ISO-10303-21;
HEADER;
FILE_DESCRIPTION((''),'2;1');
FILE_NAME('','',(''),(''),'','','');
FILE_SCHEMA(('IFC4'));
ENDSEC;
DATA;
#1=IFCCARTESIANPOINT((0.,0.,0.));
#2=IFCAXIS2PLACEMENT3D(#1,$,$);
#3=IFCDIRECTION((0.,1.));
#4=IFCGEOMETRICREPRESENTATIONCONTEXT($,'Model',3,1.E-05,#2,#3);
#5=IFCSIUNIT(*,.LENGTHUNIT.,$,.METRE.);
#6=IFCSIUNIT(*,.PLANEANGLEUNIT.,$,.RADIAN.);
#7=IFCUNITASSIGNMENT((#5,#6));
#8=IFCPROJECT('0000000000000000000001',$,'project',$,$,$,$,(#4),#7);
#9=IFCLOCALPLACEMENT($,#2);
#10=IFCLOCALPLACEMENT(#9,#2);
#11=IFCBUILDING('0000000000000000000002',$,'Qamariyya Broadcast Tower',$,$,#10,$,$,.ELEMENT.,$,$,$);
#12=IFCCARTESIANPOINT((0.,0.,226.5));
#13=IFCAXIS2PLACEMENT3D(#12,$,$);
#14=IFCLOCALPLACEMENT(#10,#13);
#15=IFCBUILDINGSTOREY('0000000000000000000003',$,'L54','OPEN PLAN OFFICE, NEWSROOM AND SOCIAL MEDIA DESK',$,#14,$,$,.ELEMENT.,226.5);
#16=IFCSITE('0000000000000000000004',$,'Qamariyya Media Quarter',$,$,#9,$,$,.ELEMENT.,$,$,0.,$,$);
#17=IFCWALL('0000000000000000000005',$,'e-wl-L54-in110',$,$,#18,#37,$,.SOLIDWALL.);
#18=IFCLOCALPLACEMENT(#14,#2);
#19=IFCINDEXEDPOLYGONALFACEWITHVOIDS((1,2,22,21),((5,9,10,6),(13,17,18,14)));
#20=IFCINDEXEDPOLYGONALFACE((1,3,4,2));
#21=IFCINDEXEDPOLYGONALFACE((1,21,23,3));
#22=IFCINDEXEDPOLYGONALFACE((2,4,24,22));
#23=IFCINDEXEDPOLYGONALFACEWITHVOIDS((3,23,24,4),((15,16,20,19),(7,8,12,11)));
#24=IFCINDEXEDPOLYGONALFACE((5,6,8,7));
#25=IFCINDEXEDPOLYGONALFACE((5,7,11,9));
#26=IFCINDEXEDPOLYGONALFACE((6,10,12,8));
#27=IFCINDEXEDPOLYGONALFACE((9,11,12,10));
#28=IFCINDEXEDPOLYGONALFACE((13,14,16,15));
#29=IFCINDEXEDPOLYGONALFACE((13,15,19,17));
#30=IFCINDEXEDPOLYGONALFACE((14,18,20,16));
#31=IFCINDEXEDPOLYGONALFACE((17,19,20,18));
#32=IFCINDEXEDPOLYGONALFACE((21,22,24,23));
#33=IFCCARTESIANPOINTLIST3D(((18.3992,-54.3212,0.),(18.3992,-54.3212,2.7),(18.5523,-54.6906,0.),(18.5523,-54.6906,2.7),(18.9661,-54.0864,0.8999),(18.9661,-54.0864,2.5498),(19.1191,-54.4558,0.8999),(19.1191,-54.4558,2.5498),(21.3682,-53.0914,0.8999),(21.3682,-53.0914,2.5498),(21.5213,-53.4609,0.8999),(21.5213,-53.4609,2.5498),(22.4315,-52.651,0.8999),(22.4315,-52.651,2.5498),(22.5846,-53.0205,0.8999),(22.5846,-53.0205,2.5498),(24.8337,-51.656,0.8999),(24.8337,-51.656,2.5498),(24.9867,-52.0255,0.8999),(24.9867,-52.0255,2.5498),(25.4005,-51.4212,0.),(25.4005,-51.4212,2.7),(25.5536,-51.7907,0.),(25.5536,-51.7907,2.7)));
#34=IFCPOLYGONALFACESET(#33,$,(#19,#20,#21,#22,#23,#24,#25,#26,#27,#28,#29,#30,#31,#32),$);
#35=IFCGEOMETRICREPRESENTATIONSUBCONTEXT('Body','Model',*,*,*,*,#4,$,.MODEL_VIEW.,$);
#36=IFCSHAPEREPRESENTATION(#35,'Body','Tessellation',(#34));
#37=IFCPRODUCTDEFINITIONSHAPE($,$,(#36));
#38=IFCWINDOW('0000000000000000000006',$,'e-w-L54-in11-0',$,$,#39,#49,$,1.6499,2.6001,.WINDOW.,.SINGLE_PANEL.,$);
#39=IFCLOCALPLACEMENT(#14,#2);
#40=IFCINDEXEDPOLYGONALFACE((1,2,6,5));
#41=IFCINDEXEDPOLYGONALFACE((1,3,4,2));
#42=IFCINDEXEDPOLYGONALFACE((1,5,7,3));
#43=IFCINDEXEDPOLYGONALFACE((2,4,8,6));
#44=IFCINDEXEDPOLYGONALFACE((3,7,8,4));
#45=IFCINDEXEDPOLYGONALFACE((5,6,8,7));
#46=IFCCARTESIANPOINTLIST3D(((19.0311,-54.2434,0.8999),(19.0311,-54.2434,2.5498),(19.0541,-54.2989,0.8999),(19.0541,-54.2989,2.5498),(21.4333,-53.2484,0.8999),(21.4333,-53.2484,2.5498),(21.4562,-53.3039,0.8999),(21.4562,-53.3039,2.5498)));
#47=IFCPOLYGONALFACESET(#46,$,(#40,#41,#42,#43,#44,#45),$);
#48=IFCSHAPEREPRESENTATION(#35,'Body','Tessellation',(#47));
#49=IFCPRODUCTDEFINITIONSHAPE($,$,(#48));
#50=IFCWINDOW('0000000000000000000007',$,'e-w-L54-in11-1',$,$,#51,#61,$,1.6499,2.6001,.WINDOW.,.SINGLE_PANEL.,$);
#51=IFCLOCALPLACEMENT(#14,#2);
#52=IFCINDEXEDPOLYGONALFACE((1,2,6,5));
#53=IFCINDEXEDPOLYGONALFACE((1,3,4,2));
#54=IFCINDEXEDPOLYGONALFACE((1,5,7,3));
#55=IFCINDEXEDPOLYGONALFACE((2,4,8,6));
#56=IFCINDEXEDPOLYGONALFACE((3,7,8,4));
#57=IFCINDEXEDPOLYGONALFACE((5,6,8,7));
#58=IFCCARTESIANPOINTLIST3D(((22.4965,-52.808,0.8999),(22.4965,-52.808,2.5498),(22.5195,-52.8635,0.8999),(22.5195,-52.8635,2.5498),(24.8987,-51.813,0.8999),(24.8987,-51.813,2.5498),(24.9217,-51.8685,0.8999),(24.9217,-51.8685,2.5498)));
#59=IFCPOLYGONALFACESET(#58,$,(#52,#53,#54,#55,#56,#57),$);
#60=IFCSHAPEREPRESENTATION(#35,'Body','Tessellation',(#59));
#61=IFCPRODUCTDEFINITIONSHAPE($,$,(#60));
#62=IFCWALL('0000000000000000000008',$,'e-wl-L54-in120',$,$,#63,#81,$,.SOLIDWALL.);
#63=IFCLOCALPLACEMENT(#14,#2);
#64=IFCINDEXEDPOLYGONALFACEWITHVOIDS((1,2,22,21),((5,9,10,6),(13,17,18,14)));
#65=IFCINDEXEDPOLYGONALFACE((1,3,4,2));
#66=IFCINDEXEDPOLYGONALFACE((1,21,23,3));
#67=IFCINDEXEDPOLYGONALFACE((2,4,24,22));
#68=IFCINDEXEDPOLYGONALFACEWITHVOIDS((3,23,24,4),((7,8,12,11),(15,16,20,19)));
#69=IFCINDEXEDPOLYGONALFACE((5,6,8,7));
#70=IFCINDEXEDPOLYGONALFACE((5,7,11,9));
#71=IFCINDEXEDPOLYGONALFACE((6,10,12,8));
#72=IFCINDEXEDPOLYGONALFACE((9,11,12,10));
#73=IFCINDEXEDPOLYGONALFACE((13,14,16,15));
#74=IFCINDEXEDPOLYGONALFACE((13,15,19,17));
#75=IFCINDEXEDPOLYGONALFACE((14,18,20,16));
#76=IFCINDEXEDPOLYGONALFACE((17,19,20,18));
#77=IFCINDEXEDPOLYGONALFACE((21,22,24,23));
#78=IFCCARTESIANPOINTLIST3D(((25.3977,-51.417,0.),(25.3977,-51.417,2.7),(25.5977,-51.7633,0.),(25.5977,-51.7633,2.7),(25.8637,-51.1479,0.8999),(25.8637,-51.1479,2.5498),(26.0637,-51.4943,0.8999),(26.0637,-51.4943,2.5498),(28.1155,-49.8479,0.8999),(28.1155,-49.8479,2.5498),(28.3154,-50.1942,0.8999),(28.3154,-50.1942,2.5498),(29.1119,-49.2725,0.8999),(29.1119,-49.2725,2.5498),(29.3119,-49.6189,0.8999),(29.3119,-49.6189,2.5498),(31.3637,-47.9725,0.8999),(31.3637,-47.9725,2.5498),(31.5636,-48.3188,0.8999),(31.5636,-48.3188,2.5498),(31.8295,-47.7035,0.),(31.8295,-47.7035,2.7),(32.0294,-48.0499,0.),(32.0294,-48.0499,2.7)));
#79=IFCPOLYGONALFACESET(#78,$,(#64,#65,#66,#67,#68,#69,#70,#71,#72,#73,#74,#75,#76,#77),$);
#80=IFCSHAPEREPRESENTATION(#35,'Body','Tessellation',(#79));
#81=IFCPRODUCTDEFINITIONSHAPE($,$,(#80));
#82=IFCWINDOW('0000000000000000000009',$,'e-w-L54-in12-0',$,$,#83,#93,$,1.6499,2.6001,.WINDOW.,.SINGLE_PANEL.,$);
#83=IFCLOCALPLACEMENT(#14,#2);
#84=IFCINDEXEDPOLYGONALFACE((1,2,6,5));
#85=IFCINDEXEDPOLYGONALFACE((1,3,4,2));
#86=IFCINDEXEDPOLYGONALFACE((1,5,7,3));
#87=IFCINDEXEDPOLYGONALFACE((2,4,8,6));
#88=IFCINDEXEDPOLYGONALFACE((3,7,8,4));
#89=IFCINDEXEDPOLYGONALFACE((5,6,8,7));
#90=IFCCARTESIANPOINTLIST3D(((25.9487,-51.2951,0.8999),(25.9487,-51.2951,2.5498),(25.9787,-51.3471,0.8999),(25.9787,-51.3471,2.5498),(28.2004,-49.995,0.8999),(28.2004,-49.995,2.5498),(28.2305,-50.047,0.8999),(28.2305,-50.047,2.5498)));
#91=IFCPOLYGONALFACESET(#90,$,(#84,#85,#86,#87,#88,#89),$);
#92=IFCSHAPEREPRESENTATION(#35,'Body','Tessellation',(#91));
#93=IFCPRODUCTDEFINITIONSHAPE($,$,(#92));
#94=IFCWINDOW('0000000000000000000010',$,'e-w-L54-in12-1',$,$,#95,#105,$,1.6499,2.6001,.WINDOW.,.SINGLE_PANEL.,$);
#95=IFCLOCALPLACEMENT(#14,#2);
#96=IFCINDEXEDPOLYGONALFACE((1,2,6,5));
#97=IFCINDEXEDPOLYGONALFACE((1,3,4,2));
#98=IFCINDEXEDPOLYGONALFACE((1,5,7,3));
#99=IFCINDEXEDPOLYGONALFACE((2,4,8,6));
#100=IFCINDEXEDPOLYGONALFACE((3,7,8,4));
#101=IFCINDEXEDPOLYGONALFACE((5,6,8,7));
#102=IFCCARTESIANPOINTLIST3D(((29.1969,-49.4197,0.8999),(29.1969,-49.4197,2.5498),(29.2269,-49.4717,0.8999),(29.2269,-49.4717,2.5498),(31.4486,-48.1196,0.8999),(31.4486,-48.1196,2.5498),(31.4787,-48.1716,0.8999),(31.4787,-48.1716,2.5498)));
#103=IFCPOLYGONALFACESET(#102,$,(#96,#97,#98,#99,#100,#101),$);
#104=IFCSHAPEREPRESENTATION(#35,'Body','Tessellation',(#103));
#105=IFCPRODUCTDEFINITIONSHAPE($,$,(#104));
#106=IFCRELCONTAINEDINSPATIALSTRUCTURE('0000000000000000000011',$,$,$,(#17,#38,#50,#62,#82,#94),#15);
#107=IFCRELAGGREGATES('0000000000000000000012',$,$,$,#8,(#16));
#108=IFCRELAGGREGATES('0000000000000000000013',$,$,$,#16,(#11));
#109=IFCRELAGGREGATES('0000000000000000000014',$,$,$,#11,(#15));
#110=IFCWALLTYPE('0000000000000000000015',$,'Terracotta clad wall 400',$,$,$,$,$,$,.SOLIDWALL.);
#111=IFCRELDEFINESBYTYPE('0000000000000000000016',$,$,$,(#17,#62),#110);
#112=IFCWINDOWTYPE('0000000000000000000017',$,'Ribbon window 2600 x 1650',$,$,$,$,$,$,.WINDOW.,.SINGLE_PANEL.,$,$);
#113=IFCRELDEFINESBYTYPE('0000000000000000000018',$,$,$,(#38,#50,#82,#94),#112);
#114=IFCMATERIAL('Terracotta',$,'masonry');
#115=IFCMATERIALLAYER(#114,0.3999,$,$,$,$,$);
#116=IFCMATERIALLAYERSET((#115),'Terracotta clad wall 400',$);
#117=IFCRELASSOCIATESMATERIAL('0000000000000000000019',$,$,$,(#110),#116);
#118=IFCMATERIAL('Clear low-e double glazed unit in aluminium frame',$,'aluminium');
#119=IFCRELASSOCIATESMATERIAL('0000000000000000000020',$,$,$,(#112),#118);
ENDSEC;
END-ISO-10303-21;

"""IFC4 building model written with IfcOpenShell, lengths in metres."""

from ifc_helpers import new_model, si_unit, direction, frame, frame_2d, origin, place, context, subcontext, project, spatial, rectangle, extrude, material, layer, layer_set, type_object, element, fill, save


model = new_model("IFC4")

# Units and contexts
model_context = context("Model", 3, precision=1e-05, world=origin(), true_north=direction((0.0, 1.0)))
body_context = subcontext(model_context, "Body", "Model", "MODEL_VIEW")
ifc_project = project(units=[si_unit("LENGTHUNIT", "METRE"), si_unit("PLANEANGLEUNIT", "RADIAN")], contexts=[model_context])

# Site, building, storey
site_placement = place(None, origin())
site = spatial("IfcSite", under=ifc_project, at=site_placement, Name="Qamariyya Media Quarter", CompositionType="ELEMENT", RefElevation=0.0)
building_placement = place(site_placement, origin())
building = spatial("IfcBuilding", under=site, at=building_placement, Name="Qamariyya Broadcast Tower", CompositionType="ELEMENT")
storey_placement = place(building_placement, frame((0.0, 0.0, 226.5)))
storey = spatial("IfcBuildingStorey", under=building, at=storey_placement, Name="L54", Description="OPEN PLAN OFFICE, NEWSROOM AND SOCIAL MEDIA DESK", CompositionType="ELEMENT", Elevation=226.5)

# Walls, openings, windows
ifc_material_1 = material(Name="Terracotta", Category="masonry")
ifc_layer_1 = layer(ifc_material_1, 0.3999)
ifc_layer_set_1 = layer_set([ifc_layer_1], Name="Terracotta clad wall 400")
wall_type_1 = type_object("IfcWallType", Name="Terracotta clad wall 400", PredefinedType="SOLIDWALL", material=ifc_layer_set_1)
ifc_material_2 = material(Name="Clear low-e double glazed unit in aluminium frame", Category="aluminium")
window_type = type_object("IfcWindowType", Name="Ribbon window 2600 x 1650", PartitioningType="SINGLE_PANEL", PredefinedType="WINDOW", material=ifc_material_2)
wall_1_placement = place(storey_placement, frame((25.4771, -51.606, 0.0), z_axis=(0.0, 0.0, 1.0), x_axis=(-0.923884, -0.382672, 0.0)))
wall_1 = element("IfcWall", 1, at=wall_1_placement, inside=storey, type_object=wall_type_1, Name="e-wl-L54-in110", PredefinedType="SOLIDWALL", context=body_context, shape_type="SweptSolid", body=[
    extrude(rectangle(XDim=7.5781, YDim=0.3999, at=frame_2d((3.7891, 0.0))), origin(), (0.0, 0.0, 1.0), 2.7),
])
opening_1_placement = place(wall_1_placement, frame((4.3645, 0.0, 0.8999)))
opening_1 = element("IfcOpeningElement", 2, at=opening_1_placement, cuts=wall_1, PredefinedType="OPENING", context=body_context, shape_type="SweptSolid", body=[
    extrude(rectangle(XDim=2.6001, YDim=1.6499, at=frame_2d((1.3, 0.825))), frame((0.0, 0.21, 0.0), z_axis=(0.0, -1.0, 0.0), x_axis=(1.0, 0.0, 0.0)), (0.0, 0.0, 1.0), 0.4199),
])
opening_2_placement = place(wall_1_placement, frame((0.6135, 0.0, 0.8999)))
opening_2 = element("IfcOpeningElement", 3, at=opening_2_placement, cuts=wall_1, PredefinedType="OPENING", context=body_context, shape_type="SweptSolid", body=[
    extrude(rectangle(XDim=2.6001, YDim=1.6499, at=frame_2d((1.3, 0.825))), frame((0.0, 0.21, 0.0), z_axis=(0.0, -1.0, 0.0), x_axis=(1.0, 0.0, 0.0)), (0.0, 0.0, 1.0), 0.4199),
])
window_1_placement = place(opening_1_placement, origin())
window_1 = element("IfcWindow", 4, at=window_1_placement, inside=storey, type_object=window_type, Name="e-w-L54-in11-0", OverallHeight=1.6499, OverallWidth=2.6001, PartitioningType="SINGLE_PANEL", PredefinedType="WINDOW", context=body_context, shape_type="SweptSolid", body=[
    extrude(rectangle(XDim=2.6001, YDim=1.6499, at=frame_2d((1.3, 0.825))), frame((0.0, 0.03, 0.0), z_axis=(0.0, -1.0, 0.0), x_axis=(1.0, 0.0, 0.0)), (0.0, 0.0, 1.0), 0.0601),
])
fill(opening_1, window_1)
window_2_placement = place(opening_2_placement, origin())
window_2 = element("IfcWindow", 5, at=window_2_placement, inside=storey, type_object=window_type, Name="e-w-L54-in11-1", OverallHeight=1.6499, OverallWidth=2.6001, PartitioningType="SINGLE_PANEL", PredefinedType="WINDOW", context=body_context, shape_type="SweptSolid", body=[
    extrude(rectangle(XDim=2.6001, YDim=1.6499, at=frame_2d((1.3, 0.825))), frame((0.0, 0.03, 0.0), z_axis=(0.0, -1.0, 0.0), x_axis=(1.0, 0.0, 0.0)), (0.0, 0.0, 1.0), 0.0601),
])
fill(opening_2, window_2)
wall_2_placement = place(storey_placement, frame((31.9294, -47.8767, 0.0), z_axis=(0.0, 0.0, 1.0), x_axis=(-0.866021, -0.500007, 0.0)))
wall_2 = element("IfcWall", 6, at=wall_2_placement, inside=storey, type_object=wall_type_1, Name="e-wl-L54-in120", PredefinedType="SOLIDWALL", context=body_context, shape_type="SweptSolid", body=[
    extrude(rectangle(XDim=7.4268, YDim=0.3999, at=frame_2d((3.7134, 0.0))), origin(), (0.0, 0.0, 1.0), 2.7),
])
opening_3_placement = place(wall_2_placement, frame((4.2886, 0.0, 0.8999)))
opening_3 = element("IfcOpeningElement", 7, at=opening_3_placement, cuts=wall_2, PredefinedType="OPENING", context=body_context, shape_type="SweptSolid", body=[
    extrude(rectangle(XDim=2.6001, YDim=1.6499, at=frame_2d((1.3, 0.825))), frame((0.0, 0.21, 0.0), z_axis=(0.0, -1.0, 0.0), x_axis=(1.0, 0.0, 0.0)), (0.0, 0.0, 1.0), 0.4199),
])
opening_4_placement = place(wall_2_placement, frame((0.5378, 0.0, 0.8999)))
opening_4 = element("IfcOpeningElement", 8, at=opening_4_placement, cuts=wall_2, PredefinedType="OPENING", context=body_context, shape_type="SweptSolid", body=[
    extrude(rectangle(XDim=2.6001, YDim=1.6499, at=frame_2d((1.3, 0.825))), frame((0.0, 0.21, 0.0), z_axis=(0.0, -1.0, 0.0), x_axis=(1.0, 0.0, 0.0)), (0.0, 0.0, 1.0), 0.4199),
])
window_3_placement = place(opening_3_placement, origin())
window_3 = element("IfcWindow", 9, at=window_3_placement, inside=storey, type_object=window_type, Name="e-w-L54-in12-0", OverallHeight=1.6499, OverallWidth=2.6001, PartitioningType="SINGLE_PANEL", PredefinedType="WINDOW", context=body_context, shape_type="SweptSolid", body=[
    extrude(rectangle(XDim=2.6001, YDim=1.6499, at=frame_2d((1.3, 0.825))), frame((0.0, 0.03, 0.0), z_axis=(0.0, -1.0, 0.0), x_axis=(1.0, 0.0, 0.0)), (0.0, 0.0, 1.0), 0.0601),
])
fill(opening_3, window_3)
window_4_placement = place(opening_4_placement, origin())
window_4 = element("IfcWindow", 10, at=window_4_placement, inside=storey, type_object=window_type, Name="e-w-L54-in12-1", OverallHeight=1.6499, OverallWidth=2.6001, PartitioningType="SINGLE_PANEL", PredefinedType="WINDOW", context=body_context, shape_type="SweptSolid", body=[
    extrude(rectangle(XDim=2.6001, YDim=1.6499, at=frame_2d((1.3, 0.825))), frame((0.0, 0.03, 0.0), z_axis=(0.0, -1.0, 0.0), x_axis=(1.0, 0.0, 0.0)), (0.0, 0.0, 1.0), 0.0601),
])
fill(opening_4, window_4)

save(model, "model.ifc")
